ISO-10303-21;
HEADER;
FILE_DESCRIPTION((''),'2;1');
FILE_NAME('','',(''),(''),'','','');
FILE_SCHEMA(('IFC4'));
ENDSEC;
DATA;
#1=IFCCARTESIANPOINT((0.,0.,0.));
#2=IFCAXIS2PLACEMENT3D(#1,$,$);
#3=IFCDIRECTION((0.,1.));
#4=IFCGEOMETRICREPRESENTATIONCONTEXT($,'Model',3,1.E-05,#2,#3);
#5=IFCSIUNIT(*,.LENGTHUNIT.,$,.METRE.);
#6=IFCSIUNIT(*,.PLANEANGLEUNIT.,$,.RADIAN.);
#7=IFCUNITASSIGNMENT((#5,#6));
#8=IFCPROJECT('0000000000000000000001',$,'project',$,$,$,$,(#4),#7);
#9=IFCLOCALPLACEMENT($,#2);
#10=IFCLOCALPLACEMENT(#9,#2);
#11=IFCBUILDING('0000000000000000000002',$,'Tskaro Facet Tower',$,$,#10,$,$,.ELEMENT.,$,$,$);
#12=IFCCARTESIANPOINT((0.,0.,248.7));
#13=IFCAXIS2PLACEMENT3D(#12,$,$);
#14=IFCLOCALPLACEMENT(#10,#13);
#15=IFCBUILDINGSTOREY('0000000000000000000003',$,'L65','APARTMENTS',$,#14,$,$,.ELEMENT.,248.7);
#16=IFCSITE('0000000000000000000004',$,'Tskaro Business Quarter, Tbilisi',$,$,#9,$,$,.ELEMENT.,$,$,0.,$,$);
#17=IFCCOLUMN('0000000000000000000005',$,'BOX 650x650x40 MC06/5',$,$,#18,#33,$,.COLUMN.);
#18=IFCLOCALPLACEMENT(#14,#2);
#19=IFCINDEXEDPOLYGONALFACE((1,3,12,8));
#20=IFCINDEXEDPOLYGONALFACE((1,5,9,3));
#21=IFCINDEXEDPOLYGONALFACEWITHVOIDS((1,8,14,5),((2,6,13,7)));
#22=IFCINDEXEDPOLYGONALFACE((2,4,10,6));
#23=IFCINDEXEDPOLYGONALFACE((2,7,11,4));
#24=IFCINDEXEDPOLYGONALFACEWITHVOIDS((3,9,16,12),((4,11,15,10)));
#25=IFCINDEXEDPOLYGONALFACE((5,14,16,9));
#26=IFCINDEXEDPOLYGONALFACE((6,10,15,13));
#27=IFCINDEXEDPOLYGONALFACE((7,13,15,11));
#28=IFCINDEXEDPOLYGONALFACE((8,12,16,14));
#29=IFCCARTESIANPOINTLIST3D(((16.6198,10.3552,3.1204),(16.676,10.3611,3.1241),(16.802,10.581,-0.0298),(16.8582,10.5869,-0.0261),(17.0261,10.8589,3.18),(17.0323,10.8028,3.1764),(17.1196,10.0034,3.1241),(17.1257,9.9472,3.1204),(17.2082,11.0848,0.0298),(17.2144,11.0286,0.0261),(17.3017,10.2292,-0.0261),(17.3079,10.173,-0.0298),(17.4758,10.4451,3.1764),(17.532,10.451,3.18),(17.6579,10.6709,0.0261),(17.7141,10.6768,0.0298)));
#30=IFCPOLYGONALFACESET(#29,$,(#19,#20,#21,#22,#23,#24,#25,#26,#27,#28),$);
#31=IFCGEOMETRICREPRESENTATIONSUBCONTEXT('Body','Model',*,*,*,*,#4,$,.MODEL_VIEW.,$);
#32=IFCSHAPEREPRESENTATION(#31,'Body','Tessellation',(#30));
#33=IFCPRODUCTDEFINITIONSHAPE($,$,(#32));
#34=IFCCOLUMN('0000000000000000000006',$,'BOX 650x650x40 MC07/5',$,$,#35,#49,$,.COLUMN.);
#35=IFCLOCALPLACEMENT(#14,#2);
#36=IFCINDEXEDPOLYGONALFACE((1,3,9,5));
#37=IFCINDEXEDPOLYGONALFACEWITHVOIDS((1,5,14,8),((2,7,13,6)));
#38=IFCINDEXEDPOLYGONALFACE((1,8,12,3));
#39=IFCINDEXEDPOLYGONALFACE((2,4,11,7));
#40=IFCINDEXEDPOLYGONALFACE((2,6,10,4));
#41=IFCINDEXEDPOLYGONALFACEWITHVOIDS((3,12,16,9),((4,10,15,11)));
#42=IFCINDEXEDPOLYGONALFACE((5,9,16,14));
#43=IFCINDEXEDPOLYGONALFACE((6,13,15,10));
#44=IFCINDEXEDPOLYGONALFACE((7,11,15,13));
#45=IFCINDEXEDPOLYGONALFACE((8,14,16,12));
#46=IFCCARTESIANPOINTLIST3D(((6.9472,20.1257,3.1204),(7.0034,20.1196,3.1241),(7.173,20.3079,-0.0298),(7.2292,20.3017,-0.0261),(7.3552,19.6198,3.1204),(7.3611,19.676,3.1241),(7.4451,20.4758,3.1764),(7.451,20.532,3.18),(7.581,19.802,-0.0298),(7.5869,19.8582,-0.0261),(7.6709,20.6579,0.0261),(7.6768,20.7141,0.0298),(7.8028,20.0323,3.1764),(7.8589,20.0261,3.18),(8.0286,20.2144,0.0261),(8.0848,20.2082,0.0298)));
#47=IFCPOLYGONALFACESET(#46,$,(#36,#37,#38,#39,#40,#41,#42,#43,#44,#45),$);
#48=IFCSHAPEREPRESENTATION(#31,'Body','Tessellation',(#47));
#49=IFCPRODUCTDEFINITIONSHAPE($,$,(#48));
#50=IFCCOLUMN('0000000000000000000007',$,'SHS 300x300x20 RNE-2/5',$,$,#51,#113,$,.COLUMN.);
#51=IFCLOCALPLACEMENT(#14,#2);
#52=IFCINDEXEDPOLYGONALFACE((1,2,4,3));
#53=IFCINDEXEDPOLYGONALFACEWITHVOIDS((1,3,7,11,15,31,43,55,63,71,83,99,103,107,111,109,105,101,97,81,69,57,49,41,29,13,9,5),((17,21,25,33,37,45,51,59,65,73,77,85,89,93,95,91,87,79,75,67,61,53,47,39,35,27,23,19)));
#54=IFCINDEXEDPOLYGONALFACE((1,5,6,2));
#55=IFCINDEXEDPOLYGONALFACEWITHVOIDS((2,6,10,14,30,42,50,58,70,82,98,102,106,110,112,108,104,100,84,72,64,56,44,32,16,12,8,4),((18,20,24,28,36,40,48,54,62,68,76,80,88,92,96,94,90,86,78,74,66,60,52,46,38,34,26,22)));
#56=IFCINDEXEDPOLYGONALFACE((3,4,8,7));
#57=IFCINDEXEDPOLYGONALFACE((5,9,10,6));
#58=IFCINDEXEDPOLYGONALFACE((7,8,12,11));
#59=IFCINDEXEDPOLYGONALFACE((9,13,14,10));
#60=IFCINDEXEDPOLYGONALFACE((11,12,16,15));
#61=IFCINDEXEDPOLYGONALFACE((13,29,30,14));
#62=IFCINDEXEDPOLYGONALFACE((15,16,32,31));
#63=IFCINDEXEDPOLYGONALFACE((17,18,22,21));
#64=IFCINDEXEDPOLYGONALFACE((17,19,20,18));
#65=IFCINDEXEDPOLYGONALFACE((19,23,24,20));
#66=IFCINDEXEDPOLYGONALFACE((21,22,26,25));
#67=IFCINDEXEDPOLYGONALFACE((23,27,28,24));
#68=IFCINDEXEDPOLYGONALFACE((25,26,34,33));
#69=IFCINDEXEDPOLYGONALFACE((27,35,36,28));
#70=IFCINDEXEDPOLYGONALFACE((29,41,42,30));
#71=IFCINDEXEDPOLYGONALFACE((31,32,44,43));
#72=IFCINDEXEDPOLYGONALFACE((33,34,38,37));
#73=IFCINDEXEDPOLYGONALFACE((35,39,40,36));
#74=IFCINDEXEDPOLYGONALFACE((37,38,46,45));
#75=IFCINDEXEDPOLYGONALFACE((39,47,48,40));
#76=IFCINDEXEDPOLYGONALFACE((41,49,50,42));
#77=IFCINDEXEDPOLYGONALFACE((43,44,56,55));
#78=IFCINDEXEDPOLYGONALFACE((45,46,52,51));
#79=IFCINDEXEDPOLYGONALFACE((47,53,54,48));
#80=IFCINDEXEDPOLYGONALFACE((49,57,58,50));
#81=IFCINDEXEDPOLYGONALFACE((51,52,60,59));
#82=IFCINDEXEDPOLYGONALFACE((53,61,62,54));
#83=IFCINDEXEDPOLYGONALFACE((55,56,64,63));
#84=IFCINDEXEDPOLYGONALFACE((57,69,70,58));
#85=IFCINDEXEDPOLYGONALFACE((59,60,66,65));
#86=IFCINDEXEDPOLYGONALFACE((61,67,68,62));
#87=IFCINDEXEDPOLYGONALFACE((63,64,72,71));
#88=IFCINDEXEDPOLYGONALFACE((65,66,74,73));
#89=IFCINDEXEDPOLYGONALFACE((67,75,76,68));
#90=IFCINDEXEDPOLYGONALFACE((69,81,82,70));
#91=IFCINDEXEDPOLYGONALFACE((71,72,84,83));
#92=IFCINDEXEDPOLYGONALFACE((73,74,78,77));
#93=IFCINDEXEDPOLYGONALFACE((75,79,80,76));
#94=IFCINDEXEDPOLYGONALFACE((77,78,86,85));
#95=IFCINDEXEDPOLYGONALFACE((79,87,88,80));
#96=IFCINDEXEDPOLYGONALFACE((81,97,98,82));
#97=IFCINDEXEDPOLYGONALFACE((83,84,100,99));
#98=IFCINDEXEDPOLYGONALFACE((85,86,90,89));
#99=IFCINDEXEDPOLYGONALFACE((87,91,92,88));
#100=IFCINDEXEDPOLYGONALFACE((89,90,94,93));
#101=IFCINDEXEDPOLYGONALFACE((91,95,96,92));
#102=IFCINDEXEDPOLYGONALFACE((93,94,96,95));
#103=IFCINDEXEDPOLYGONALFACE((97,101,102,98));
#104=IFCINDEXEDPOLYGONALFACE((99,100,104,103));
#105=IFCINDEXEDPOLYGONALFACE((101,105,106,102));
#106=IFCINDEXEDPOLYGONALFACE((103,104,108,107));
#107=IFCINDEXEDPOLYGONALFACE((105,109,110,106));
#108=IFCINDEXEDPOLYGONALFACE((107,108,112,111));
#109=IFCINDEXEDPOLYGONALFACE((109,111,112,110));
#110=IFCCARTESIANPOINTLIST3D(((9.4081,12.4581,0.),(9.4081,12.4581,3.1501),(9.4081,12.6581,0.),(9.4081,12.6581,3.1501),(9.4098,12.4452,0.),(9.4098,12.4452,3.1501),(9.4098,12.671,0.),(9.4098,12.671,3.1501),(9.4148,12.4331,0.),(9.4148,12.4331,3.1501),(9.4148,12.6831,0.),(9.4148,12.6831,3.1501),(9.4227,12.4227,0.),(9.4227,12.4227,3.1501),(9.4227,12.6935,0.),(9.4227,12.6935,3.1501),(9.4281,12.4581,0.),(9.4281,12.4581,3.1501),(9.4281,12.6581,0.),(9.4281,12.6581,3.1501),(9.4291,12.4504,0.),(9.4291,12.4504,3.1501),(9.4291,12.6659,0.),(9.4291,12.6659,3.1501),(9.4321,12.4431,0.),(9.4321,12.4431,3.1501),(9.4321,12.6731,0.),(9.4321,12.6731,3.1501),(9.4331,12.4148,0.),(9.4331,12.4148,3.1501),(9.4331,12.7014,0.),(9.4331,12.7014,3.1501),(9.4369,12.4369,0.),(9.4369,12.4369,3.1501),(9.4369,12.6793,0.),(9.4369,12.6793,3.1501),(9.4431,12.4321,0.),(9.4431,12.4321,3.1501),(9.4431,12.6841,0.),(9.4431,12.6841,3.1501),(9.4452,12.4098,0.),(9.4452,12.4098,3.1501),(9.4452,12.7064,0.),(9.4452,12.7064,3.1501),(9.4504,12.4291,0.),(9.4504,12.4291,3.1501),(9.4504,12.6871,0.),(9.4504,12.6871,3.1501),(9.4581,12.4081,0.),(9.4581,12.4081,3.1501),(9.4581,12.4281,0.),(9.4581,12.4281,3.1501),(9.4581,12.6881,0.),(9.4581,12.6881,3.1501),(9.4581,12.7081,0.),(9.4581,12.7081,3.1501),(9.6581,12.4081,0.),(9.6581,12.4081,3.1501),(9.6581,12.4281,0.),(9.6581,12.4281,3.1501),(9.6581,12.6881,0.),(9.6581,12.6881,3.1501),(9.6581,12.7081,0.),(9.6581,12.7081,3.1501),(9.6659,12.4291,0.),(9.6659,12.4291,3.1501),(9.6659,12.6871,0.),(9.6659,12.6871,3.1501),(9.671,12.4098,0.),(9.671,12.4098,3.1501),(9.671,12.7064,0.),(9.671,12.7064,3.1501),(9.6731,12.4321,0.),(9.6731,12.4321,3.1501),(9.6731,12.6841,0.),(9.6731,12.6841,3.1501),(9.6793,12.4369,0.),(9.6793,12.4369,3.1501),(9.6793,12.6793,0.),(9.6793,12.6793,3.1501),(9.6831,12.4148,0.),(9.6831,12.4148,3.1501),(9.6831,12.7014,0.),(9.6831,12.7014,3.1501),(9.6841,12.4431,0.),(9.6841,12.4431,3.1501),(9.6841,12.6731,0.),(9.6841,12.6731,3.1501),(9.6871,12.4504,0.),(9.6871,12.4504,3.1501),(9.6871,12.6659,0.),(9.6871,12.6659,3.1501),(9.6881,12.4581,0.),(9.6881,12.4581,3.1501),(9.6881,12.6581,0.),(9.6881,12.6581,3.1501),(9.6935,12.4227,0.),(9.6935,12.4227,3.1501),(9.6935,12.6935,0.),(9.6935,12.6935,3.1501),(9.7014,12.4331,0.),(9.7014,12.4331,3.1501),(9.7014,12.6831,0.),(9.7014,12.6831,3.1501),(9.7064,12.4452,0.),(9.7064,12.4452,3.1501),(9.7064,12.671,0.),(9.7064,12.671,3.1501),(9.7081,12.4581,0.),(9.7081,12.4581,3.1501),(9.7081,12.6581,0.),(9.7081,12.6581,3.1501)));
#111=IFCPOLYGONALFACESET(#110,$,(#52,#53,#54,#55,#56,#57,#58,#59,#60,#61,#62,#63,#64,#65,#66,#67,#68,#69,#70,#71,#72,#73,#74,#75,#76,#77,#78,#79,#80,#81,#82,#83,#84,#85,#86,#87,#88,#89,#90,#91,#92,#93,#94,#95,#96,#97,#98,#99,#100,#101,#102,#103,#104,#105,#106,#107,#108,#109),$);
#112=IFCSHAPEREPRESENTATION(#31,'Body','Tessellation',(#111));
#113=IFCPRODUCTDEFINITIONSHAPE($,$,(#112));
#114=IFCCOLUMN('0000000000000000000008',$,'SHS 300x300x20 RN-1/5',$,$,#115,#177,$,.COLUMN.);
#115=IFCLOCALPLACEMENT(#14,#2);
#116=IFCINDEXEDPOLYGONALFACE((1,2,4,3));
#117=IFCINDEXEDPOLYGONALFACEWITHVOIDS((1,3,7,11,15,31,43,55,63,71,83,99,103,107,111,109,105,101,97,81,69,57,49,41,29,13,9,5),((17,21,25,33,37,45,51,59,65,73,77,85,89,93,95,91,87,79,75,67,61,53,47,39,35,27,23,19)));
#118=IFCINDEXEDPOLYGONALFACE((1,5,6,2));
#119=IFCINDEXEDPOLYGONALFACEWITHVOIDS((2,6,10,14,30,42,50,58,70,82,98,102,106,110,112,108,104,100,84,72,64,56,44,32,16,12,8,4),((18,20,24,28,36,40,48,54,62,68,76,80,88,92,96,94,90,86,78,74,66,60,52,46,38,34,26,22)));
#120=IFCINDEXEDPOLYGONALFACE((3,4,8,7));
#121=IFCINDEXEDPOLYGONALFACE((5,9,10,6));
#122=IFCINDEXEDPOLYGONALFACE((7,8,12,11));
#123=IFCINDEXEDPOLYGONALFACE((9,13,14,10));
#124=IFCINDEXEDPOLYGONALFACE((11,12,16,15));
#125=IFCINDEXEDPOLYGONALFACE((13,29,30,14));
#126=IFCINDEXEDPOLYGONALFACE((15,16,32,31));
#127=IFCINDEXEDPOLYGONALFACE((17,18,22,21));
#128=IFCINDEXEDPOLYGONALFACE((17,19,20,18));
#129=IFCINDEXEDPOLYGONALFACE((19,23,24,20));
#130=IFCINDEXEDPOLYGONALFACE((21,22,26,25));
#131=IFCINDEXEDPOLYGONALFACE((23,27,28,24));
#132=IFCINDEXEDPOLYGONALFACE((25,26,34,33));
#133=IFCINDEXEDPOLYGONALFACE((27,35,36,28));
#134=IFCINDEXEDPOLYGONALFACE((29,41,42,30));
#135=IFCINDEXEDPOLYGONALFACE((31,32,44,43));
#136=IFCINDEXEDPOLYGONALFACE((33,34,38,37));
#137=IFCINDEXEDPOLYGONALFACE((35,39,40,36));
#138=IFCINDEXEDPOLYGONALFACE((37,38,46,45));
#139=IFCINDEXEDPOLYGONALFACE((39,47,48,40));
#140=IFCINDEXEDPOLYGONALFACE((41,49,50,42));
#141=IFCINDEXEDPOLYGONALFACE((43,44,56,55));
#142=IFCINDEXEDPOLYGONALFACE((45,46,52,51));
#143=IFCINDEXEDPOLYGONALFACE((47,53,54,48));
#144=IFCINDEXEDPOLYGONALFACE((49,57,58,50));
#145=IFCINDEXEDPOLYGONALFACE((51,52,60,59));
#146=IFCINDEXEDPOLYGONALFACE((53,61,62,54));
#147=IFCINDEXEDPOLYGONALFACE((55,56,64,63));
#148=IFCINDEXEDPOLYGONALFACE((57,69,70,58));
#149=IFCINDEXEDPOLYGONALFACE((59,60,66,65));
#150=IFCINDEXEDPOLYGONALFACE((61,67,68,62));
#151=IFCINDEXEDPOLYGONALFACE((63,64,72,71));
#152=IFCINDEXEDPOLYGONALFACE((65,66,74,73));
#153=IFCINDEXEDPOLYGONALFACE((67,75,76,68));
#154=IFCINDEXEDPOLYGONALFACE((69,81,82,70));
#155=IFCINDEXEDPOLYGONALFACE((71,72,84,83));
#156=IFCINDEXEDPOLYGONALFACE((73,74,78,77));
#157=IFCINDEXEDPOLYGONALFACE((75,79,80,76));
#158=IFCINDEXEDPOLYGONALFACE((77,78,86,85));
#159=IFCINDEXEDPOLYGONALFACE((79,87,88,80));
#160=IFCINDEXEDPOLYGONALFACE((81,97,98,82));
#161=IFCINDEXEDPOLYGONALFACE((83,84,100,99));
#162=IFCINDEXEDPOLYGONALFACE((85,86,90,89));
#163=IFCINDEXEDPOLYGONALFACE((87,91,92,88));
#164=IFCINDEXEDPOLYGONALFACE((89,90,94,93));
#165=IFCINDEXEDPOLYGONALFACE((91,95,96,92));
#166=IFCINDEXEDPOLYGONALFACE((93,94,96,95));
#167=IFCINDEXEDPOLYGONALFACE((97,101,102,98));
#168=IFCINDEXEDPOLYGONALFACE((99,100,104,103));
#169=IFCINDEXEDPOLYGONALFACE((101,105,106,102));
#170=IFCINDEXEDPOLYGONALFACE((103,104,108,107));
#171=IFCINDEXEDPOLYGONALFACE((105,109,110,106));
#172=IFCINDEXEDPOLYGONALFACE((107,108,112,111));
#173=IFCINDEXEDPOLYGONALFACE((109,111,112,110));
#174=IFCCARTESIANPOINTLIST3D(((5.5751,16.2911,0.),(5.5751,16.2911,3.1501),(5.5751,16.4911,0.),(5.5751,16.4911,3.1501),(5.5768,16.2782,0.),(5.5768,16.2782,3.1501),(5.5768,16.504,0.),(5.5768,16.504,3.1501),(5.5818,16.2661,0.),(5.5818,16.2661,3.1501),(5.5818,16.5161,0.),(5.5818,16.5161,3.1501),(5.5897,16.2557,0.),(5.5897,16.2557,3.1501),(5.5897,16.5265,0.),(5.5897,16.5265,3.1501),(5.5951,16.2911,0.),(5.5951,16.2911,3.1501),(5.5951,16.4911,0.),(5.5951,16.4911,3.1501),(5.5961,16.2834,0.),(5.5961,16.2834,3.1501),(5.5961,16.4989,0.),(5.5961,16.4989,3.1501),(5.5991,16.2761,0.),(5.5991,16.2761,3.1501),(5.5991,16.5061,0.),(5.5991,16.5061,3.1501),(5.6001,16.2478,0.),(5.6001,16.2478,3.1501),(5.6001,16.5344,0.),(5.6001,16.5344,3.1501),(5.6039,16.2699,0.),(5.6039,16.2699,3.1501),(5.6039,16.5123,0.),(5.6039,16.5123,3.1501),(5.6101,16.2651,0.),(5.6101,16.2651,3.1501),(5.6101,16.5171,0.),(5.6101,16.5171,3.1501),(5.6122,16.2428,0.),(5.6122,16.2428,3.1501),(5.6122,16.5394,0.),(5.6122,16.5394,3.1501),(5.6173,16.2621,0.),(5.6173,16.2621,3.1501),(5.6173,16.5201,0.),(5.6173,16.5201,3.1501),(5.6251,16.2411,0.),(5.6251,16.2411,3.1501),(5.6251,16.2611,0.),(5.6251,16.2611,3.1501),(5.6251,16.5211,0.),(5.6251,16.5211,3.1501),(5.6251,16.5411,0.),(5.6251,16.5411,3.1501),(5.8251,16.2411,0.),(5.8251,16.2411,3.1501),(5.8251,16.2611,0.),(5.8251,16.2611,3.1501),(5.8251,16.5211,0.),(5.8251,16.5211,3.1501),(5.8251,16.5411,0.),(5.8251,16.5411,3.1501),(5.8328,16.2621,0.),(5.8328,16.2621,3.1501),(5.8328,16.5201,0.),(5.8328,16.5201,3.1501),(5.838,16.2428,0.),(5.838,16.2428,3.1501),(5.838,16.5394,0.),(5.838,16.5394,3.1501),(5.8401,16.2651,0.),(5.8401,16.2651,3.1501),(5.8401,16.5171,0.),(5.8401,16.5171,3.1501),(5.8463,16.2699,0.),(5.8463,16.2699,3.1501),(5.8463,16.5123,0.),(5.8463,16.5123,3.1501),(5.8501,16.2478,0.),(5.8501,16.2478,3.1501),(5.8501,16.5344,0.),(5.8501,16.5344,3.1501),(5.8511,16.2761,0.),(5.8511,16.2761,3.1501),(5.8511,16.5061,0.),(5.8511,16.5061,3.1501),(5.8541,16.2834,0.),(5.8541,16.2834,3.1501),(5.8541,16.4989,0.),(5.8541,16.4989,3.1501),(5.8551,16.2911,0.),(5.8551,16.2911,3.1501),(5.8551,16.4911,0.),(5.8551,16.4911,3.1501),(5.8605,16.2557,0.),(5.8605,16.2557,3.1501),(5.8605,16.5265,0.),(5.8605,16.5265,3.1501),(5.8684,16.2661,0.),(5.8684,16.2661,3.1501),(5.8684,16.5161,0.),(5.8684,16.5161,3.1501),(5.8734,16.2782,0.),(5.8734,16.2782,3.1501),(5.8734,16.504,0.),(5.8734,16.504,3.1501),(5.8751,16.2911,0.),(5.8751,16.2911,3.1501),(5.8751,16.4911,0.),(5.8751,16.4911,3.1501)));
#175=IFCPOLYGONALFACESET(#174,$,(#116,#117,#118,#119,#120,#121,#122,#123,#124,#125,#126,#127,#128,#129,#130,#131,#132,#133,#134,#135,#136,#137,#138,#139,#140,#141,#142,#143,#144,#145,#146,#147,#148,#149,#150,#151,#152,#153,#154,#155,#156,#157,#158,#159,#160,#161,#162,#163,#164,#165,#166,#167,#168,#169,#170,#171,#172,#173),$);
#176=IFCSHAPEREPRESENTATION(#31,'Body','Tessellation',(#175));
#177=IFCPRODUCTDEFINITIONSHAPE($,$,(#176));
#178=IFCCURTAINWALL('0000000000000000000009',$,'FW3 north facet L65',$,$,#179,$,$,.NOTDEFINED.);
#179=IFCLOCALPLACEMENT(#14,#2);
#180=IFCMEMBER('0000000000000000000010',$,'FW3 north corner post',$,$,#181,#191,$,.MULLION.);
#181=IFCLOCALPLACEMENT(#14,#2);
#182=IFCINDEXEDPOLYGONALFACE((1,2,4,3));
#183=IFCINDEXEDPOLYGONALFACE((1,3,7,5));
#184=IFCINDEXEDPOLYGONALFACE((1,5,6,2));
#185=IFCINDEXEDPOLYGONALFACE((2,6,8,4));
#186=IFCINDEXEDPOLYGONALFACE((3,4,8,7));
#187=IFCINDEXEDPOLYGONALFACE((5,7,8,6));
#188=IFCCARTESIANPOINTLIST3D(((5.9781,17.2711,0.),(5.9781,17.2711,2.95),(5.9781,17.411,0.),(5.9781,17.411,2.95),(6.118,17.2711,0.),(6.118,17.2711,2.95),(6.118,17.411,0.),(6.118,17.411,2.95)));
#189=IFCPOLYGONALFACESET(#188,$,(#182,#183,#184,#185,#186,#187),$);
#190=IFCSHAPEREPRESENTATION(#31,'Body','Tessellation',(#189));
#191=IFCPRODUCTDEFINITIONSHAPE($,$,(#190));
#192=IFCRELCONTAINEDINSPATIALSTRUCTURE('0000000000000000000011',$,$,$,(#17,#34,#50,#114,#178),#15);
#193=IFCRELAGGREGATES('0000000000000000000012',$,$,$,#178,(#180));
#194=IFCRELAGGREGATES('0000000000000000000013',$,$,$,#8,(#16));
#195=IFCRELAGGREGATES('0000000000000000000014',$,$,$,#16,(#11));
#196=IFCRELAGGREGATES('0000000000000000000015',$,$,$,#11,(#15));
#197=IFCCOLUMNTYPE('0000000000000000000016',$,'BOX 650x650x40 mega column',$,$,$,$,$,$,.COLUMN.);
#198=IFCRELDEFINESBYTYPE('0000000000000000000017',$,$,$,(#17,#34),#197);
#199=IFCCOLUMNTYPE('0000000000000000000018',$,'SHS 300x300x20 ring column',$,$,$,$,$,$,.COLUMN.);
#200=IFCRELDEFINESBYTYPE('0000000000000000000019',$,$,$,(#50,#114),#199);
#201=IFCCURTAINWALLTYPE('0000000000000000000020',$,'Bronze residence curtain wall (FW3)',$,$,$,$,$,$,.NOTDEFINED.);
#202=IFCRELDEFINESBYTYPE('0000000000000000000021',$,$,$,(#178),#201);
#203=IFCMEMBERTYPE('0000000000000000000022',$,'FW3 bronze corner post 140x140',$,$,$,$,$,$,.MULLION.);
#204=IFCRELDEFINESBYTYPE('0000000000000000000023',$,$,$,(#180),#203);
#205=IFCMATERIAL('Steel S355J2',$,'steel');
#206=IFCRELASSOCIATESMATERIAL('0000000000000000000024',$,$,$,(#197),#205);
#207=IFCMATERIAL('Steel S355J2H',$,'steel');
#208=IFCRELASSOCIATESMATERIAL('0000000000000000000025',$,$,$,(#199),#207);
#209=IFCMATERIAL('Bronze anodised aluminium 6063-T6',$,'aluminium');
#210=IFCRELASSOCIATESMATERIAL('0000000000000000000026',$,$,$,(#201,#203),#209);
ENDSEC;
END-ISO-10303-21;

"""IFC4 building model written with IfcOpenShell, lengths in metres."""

from ifc_helpers import new_model, si_unit, direction, frame, origin, origin_2d, place, context, subcontext, project, spatial, rectangle, hollow_rectangle, extrude, material, material_profile, profile_set, type_object, element, aggregate, save


model = new_model("IFC4")

# Units and contexts
model_context = context("Model", 3, precision=1e-05, world=origin(), true_north=direction((0.0, 1.0)))
body_context = subcontext(model_context, "Body", "Model", "MODEL_VIEW")
ifc_project = project(units=[si_unit("LENGTHUNIT", "METRE"), si_unit("PLANEANGLEUNIT", "RADIAN")], contexts=[model_context])

# Site, building, storey
site_placement = place(None, origin())
site = spatial("IfcSite", under=ifc_project, at=site_placement, Name="Tskaro Business Quarter, Tbilisi", CompositionType="ELEMENT", RefElevation=0.0)
building_placement = place(site_placement, origin())
building = spatial("IfcBuilding", under=site, at=building_placement, Name="Tskaro Facet Tower", CompositionType="ELEMENT")
storey_placement = place(building_placement, frame((0.0, 0.0, 248.7)))
storey = spatial("IfcBuildingStorey", under=building, at=storey_placement, Name="L65", Description="APARTMENTS", CompositionType="ELEMENT", Elevation=248.7)

# Columns
ifc_material_1 = material(Name="Steel S355J2", Category="steel")
ifc_material_profile_1 = material_profile(ifc_material_1, hollow_rectangle(XDim=0.6499, YDim=0.6499, WallThickness=0.04, at=origin_2d()), Name="BOX 650x650x40")
ifc_profile_set_1 = profile_set([ifc_material_profile_1], Name="Steel S355J2")
column_type_1 = type_object("IfcColumnType", Name="BOX 650x650x40 mega column", PredefinedType="COLUMN", material=ifc_profile_set_1)
for number, where, z_axis, x_axis, name in (
    (1, (17.2581, 10.6289, 0.0), (-0.057572, -0.071387, 0.995786), (0.7784, -0.627769, 0.0), "BOX 650x650x40 MC06/5"),
    (2, (7.6289, 20.2581, 0.0), (-0.071387, -0.057572, 0.995786), (0.627769, -0.7784, 0.0), "BOX 650x650x40 MC07/5"),
):
    element("IfcColumn", number, at=place(storey_placement, frame(where, z_axis=z_axis, x_axis=x_axis)), inside=storey, type_object=column_type_1, Name=name, PredefinedType="COLUMN", context=body_context, shape_type="SweptSolid", body=[
        extrude(hollow_rectangle(XDim=0.6499, YDim=0.6499, WallThickness=0.04, at=origin_2d()), origin(), (0.0, 0.0, 1.0), 3.1636),
    ])
ifc_material_2 = material(Name="Steel S355J2H", Category="steel")
ifc_material_profile_2 = material_profile(ifc_material_2, hollow_rectangle(XDim=0.3, YDim=0.3, WallThickness=0.02, InnerFilletRadius=0.03, OuterFilletRadius=0.05, at=origin_2d()), Name="SHS 300x300x20")
ifc_profile_set_2 = profile_set([ifc_material_profile_2], Name="Steel S355J2H")
column_type_2 = type_object("IfcColumnType", Name="SHS 300x300x20 ring column", PredefinedType="COLUMN", material=ifc_profile_set_2)
for number, where, z_axis, x_axis, name in (
    (3, (9.5581, 12.5581, 0.0), (0.0, 0.0, 1.0), (1.0, 0.0, 0.0), "SHS 300x300x20 RNE-2/5"),
    (4, (5.7251, 16.3911, 0.0), (0.0, 0.0, 1.0), (1.0, 0.0, 0.0), "SHS 300x300x20 RN-1/5"),
):
    element("IfcColumn", number, at=place(storey_placement, frame(where, z_axis=z_axis, x_axis=x_axis)), inside=storey, type_object=column_type_2, Name=name, PredefinedType="COLUMN", context=body_context, shape_type="SweptSolid", body=[
        extrude(hollow_rectangle(XDim=0.3, YDim=0.3, WallThickness=0.02, InnerFilletRadius=0.03, OuterFilletRadius=0.05, at=origin_2d()), origin(), (0.0, 0.0, 1.0), 3.1501),
    ])

# Curtain wall, member
ifc_material_3 = material(Name="Bronze anodised aluminium 6063-T6", Category="aluminium")
curtain_wall_type = type_object("IfcCurtainWallType", Name="Bronze residence curtain wall (FW3)", PredefinedType="NOTDEFINED", material=ifc_material_3)
curtain_wall_1_placement = place(storey_placement, origin())
curtain_wall_1 = element("IfcCurtainWall", 5, at=curtain_wall_1_placement, inside=storey, type_object=curtain_wall_type, Name="FW3 north facet L65", PredefinedType="NOTDEFINED")
ifc_material_profile_3 = material_profile(ifc_material_3, rectangle(XDim=0.1399, YDim=0.1399, at=origin_2d()), Name="Corner post 140x140")
ifc_profile_set_3 = profile_set([ifc_material_profile_3], Name="Bronze anodised aluminium 6063-T6")
member_type_1 = type_object("IfcMemberType", Name="FW3 bronze corner post 140x140", PredefinedType="MULLION", material=ifc_profile_set_3)
member_1_placement = place(storey_placement, frame((6.0481, 17.3411, 0.0), z_axis=(0.0, 0.0, 1.0), x_axis=(-1.0, 0.0, 0.0)))
member_1 = element("IfcMember", 6, at=member_1_placement, type_object=member_type_1, Name="FW3 north corner post", PredefinedType="MULLION", context=body_context, shape_type="SweptSolid", body=[
    extrude(rectangle(XDim=0.1399, YDim=0.1399, at=origin_2d()), origin(), (0.0, 0.0, 1.0), 2.95),
])

aggregate(curtain_wall_1, [member_1])

save(model, "model.ifc")
